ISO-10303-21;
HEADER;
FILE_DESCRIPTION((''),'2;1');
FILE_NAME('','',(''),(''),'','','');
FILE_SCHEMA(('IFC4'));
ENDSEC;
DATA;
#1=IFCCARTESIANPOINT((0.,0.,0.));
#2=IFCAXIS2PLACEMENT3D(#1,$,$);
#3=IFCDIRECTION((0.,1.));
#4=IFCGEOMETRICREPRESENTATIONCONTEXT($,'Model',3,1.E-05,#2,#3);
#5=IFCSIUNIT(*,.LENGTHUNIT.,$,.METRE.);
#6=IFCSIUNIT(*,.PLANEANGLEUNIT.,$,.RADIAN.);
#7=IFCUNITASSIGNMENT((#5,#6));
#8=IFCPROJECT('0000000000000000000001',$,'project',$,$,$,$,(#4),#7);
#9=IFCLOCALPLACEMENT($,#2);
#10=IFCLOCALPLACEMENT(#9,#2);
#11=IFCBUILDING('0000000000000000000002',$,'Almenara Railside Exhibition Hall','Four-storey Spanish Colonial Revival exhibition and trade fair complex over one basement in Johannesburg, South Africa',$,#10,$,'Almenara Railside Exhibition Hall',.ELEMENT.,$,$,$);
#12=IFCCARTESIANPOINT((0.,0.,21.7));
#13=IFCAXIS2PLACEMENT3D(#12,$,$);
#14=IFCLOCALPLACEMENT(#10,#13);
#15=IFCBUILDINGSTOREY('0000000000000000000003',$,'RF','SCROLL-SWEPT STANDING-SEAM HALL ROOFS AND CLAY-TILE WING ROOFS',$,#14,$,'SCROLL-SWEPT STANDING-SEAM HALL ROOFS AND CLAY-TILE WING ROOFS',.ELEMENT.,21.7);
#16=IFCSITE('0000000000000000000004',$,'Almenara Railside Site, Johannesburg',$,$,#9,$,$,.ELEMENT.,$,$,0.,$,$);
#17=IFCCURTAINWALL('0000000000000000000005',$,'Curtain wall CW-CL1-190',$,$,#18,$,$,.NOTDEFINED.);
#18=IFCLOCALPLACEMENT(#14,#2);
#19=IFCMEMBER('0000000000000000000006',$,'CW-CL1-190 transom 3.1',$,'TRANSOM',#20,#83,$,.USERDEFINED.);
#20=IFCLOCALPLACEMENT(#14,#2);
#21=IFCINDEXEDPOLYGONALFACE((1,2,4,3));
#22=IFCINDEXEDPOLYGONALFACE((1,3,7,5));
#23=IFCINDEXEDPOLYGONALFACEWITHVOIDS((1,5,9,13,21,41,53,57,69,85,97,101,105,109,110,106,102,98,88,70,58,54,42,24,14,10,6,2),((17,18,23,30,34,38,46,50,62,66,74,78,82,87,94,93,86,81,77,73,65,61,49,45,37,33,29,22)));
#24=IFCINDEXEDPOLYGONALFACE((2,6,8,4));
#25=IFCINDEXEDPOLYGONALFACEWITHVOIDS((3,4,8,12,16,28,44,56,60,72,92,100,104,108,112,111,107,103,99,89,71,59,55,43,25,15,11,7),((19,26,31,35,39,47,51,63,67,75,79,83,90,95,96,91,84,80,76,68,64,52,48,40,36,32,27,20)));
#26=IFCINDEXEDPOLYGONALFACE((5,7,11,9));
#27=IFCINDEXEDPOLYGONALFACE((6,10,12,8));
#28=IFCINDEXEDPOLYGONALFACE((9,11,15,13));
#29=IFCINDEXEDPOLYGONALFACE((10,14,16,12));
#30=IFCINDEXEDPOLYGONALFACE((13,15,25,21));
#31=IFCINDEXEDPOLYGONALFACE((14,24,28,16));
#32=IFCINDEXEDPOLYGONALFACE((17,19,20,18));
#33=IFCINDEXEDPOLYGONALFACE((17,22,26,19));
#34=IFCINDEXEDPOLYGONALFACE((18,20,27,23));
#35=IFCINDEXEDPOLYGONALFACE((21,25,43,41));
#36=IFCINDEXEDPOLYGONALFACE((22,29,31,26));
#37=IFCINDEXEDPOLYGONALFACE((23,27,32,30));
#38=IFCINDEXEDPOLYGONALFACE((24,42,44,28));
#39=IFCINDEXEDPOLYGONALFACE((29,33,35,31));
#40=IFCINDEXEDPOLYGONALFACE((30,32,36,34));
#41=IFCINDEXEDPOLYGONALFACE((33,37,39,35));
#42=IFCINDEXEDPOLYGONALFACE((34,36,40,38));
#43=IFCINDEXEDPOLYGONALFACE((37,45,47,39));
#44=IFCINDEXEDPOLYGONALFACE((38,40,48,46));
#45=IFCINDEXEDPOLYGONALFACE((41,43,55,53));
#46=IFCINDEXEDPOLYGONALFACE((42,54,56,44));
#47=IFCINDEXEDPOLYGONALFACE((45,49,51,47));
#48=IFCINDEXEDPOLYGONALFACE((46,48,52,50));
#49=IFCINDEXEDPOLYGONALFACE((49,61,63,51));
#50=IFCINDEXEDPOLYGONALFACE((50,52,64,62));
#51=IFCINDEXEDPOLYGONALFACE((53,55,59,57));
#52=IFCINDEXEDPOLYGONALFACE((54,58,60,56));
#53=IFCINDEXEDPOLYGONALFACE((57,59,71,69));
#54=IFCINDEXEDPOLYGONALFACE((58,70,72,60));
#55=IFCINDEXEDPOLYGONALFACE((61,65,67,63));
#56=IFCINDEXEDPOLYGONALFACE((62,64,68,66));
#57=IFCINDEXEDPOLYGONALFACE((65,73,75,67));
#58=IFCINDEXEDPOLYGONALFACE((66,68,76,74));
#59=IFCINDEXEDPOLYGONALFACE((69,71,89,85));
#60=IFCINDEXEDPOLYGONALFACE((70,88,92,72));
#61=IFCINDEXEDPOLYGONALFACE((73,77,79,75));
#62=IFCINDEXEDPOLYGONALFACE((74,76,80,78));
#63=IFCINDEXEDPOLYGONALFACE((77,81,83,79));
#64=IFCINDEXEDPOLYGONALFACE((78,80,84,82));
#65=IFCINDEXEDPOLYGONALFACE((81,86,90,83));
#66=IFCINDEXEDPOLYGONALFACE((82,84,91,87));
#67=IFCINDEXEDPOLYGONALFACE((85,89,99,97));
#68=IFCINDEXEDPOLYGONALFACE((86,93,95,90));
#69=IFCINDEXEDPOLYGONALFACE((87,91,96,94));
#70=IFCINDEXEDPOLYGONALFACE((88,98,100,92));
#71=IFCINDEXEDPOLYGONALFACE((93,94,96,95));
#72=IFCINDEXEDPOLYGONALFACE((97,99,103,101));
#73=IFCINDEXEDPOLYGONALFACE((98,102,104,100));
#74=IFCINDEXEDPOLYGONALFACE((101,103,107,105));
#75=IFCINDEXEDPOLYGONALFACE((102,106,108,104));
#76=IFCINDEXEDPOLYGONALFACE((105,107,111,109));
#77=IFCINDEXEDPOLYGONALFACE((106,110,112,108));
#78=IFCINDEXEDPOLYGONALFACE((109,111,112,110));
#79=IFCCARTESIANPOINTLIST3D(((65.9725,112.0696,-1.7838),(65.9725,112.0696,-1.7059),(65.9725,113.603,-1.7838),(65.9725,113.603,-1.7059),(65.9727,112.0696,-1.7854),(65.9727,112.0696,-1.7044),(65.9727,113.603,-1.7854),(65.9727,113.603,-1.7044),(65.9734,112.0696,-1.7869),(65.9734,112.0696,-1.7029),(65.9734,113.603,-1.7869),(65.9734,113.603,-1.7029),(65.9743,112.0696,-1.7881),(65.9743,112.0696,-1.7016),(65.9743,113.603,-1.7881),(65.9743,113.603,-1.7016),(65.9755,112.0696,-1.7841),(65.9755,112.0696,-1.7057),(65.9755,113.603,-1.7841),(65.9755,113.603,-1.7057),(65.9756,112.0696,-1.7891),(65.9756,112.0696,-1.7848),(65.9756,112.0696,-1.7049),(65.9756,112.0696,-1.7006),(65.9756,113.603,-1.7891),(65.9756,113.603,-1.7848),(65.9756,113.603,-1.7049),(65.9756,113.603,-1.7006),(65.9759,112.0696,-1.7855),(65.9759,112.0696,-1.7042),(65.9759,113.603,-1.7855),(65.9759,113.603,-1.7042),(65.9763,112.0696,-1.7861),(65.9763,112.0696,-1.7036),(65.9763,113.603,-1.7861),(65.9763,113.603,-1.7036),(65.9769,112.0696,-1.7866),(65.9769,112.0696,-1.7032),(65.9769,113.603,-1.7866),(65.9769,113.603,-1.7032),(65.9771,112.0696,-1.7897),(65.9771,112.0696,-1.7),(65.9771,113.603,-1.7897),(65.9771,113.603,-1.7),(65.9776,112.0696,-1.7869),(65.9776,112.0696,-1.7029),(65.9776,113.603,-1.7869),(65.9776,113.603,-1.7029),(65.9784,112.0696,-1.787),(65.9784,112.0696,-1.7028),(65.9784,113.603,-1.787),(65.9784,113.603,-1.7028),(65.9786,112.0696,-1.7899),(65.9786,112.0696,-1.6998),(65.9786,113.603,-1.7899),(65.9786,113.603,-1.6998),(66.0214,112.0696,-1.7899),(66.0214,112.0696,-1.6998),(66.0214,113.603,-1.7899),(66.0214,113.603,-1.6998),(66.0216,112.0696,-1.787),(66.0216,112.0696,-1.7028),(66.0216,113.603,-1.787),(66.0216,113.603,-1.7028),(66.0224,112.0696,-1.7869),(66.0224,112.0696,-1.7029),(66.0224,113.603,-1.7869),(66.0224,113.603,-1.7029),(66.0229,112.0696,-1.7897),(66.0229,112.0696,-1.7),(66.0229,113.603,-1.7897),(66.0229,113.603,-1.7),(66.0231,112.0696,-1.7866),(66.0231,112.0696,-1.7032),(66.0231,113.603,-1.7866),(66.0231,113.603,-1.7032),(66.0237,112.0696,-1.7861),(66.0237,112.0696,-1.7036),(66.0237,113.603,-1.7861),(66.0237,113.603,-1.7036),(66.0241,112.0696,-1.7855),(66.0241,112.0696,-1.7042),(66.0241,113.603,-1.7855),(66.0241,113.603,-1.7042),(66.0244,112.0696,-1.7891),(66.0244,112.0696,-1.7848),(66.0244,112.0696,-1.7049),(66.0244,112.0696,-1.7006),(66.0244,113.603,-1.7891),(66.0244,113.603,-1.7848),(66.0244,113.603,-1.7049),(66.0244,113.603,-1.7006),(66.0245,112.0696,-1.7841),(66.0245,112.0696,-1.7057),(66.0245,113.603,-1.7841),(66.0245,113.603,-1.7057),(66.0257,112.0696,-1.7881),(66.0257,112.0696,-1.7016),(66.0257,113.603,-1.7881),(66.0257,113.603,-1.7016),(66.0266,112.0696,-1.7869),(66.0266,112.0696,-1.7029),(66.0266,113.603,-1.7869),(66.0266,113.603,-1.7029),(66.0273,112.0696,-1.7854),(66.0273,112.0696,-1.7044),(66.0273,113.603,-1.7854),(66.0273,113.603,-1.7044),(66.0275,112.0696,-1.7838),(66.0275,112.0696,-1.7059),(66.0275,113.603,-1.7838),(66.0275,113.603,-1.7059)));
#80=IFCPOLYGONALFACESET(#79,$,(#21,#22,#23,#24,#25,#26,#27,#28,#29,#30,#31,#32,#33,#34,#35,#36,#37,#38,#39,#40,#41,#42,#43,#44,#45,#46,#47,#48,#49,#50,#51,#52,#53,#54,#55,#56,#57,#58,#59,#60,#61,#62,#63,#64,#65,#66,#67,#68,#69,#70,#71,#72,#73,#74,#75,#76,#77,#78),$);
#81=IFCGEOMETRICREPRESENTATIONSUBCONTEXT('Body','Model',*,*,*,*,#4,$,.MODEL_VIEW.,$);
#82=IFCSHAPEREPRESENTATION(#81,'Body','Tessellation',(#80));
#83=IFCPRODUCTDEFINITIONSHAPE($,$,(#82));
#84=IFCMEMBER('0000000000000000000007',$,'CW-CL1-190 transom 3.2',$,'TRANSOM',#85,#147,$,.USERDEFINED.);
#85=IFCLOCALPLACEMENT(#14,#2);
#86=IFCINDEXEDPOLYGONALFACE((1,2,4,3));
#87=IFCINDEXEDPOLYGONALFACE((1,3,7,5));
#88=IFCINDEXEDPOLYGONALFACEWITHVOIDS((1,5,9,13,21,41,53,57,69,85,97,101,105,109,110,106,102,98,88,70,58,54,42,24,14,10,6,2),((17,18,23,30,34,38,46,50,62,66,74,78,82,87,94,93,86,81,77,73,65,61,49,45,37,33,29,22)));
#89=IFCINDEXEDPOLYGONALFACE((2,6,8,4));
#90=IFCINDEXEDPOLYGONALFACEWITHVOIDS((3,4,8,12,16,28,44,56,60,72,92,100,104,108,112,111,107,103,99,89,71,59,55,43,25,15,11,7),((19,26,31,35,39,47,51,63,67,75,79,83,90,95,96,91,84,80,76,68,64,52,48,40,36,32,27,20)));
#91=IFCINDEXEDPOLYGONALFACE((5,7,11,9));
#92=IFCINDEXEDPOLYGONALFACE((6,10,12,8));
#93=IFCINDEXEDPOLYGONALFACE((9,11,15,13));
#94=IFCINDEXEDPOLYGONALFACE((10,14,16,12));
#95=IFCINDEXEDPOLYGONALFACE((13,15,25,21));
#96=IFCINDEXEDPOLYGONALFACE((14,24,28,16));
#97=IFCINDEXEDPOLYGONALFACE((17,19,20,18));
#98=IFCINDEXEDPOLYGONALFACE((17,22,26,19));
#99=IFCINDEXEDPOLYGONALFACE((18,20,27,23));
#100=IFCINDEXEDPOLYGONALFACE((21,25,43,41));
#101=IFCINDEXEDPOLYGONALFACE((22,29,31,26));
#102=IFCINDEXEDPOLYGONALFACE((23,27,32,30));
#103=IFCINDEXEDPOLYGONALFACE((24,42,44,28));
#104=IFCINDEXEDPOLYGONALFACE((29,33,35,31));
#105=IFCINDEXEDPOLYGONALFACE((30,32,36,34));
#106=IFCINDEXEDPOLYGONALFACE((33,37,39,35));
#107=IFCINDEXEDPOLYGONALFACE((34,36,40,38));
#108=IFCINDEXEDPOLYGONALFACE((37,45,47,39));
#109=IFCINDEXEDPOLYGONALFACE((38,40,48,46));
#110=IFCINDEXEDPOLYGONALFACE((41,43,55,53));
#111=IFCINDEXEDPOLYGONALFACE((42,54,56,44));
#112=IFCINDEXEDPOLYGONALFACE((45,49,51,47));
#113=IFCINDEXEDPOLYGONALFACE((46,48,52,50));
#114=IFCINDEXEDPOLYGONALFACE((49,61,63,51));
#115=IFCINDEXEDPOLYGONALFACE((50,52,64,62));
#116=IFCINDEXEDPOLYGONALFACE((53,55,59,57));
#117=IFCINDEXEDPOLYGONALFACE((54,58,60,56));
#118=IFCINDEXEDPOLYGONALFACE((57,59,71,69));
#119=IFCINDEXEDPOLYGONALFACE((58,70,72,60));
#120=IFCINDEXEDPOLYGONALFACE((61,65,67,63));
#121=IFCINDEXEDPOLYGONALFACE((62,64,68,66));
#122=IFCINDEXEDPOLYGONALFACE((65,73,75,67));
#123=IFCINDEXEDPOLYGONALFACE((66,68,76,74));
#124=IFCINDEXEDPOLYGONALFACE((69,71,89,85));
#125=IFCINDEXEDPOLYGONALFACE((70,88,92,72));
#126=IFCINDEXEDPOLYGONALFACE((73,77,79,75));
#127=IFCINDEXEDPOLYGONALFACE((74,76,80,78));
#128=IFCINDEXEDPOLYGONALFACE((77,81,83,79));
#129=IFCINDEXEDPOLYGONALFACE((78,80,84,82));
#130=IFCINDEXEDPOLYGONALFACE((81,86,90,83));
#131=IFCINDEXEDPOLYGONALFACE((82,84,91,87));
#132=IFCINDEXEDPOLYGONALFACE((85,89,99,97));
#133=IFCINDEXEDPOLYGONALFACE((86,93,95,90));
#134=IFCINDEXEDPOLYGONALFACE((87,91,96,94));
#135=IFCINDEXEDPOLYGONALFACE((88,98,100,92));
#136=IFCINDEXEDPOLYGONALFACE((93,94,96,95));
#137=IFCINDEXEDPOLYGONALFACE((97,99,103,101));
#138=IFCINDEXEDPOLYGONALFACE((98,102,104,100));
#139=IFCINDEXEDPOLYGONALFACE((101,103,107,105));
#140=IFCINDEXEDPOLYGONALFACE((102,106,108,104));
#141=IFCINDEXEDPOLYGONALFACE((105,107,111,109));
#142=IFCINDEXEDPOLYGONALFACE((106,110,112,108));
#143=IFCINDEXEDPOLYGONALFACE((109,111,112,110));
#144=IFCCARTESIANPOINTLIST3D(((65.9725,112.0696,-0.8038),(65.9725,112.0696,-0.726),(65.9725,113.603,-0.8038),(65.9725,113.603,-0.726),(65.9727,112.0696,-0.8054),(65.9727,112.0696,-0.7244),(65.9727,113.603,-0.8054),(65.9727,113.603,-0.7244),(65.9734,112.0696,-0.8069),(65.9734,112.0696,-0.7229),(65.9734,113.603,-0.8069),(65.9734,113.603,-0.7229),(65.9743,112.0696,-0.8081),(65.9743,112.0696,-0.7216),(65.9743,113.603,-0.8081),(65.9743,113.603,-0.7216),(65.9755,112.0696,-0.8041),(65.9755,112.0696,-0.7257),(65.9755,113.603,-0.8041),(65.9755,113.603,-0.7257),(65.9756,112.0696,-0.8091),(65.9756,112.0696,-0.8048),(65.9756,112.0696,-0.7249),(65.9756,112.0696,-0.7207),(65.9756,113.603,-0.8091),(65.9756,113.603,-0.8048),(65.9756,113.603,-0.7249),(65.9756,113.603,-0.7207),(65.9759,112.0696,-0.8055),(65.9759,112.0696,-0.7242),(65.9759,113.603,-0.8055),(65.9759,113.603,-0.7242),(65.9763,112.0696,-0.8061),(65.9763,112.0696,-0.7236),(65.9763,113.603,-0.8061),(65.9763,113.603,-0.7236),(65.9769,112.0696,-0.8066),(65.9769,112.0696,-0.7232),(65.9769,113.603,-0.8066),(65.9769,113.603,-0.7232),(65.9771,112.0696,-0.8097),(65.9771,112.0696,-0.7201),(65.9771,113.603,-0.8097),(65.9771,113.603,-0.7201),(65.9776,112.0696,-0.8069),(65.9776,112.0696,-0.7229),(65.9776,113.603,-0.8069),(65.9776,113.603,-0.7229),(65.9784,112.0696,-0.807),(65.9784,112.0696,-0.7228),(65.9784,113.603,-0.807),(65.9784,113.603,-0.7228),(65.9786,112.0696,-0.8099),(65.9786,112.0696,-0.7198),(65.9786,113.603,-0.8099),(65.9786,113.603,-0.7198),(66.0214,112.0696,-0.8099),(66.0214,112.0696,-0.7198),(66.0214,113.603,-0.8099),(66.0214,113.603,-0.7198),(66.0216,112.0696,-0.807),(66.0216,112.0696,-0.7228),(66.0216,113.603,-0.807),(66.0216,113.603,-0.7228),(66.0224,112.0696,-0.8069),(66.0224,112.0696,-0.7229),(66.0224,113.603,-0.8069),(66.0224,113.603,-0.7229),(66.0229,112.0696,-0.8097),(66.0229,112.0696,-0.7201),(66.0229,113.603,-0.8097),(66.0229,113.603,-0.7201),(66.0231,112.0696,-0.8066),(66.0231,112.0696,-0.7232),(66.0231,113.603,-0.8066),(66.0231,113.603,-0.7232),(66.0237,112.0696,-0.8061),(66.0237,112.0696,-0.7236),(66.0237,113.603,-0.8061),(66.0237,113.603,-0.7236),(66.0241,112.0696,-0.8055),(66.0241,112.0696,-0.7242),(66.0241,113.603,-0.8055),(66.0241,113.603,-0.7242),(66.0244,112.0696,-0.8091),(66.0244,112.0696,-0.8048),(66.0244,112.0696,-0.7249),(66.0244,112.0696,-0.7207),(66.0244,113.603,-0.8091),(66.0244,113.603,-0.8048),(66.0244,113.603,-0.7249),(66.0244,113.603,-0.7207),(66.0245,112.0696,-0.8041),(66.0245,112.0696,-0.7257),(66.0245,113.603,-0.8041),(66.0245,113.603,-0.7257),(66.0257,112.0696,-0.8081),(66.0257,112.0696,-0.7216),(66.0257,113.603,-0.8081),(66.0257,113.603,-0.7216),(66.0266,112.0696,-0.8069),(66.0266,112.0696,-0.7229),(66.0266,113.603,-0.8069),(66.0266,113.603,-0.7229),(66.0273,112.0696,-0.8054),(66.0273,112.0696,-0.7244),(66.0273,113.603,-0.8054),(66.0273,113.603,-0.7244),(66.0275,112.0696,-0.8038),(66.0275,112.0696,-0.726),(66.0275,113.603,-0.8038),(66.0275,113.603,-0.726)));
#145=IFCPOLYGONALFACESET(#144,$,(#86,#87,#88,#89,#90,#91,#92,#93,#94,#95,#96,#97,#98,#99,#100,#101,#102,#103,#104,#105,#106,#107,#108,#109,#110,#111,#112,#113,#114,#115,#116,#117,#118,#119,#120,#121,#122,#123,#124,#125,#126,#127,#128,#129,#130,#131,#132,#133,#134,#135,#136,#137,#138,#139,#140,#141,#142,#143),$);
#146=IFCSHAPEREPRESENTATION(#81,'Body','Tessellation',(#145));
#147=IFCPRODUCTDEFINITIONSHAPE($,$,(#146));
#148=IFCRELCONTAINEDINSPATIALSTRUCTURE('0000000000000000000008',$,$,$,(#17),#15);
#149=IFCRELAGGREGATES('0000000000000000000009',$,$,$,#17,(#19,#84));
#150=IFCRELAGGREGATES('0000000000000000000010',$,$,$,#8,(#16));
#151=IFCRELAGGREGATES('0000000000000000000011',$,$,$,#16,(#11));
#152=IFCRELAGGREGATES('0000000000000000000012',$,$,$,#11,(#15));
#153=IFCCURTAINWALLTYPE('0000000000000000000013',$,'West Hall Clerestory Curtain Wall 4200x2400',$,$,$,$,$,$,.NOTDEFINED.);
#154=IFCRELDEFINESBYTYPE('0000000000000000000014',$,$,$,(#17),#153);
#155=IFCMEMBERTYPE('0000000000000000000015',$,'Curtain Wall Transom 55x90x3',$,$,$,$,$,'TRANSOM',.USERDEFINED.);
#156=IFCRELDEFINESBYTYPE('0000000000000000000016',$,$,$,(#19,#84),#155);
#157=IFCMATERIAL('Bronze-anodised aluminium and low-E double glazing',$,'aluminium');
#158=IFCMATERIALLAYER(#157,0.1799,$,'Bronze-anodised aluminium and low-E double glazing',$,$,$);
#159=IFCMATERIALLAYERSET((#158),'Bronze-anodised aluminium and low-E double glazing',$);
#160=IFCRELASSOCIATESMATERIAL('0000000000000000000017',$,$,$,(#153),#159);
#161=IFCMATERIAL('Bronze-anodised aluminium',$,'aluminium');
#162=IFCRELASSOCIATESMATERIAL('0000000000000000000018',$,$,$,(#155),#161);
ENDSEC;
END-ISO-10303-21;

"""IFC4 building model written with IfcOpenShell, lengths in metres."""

from ifc_helpers import new_model, si_unit, direction, frame, origin, origin_2d, place, context, subcontext, project, spatial, hollow_rectangle, extrude, material, layer, layer_set, material_profile, profile_set, type_object, element, aggregate, save


model = new_model("IFC4")

# Units and contexts
model_context = context("Model", 3, precision=1e-05, world=origin(), true_north=direction((0.0, 1.0)))
body_context = subcontext(model_context, "Body", "Model", "MODEL_VIEW")
ifc_project = project(units=[si_unit("LENGTHUNIT", "METRE"), si_unit("PLANEANGLEUNIT", "RADIAN")], contexts=[model_context])

# Site, building, storey
site_placement = place(None, origin())
site = spatial("IfcSite", under=ifc_project, at=site_placement, Name="Almenara Railside Site, Johannesburg", CompositionType="ELEMENT", RefElevation=0.0)
building_placement = place(site_placement, origin())
building = spatial("IfcBuilding", under=site, at=building_placement, Name="Almenara Railside Exhibition Hall", Description="Four-storey Spanish Colonial Revival exhibition and trade fair complex over one basement in Johannesburg, South Africa", LongName="Almenara Railside Exhibition Hall", CompositionType="ELEMENT")
storey_placement = place(building_placement, frame((0.0, 0.0, 21.7)))
storey = spatial("IfcBuildingStorey", under=building, at=storey_placement, Name="RF", Description="SCROLL-SWEPT STANDING-SEAM HALL ROOFS AND CLAY-TILE WING ROOFS", LongName="SCROLL-SWEPT STANDING-SEAM HALL ROOFS AND CLAY-TILE WING ROOFS", CompositionType="ELEMENT", Elevation=21.7)

# Curtain wall
ifc_material_1 = material(Name="Bronze-anodised aluminium and low-E double glazing", Category="aluminium")
ifc_layer_1 = layer(ifc_material_1, 0.1799, Name="Bronze-anodised aluminium and low-E double glazing")
ifc_layer_set_1 = layer_set([ifc_layer_1], Name="Bronze-anodised aluminium and low-E double glazing")
curtain_wall_type = type_object("IfcCurtainWallType", Name="West Hall Clerestory Curtain Wall 4200x2400", PredefinedType="NOTDEFINED", material=ifc_layer_set_1)
curtain_wall_1_placement = place(storey_placement, origin())
curtain_wall_1 = element("IfcCurtainWall", 1, at=curtain_wall_1_placement, inside=storey, type_object=curtain_wall_type, Name="Curtain wall CW-CL1-190", PredefinedType="NOTDEFINED")
ifc_material_2 = material(Name="Bronze-anodised aluminium", Category="aluminium")

# Members
ifc_material_profile_1 = material_profile(ifc_material_2, hollow_rectangle(XDim=0.0549, YDim=0.0901, WallThickness=0.0029, InnerFilletRadius=0.0029, OuterFilletRadius=0.0061, at=origin_2d()), Name="ALU-TRN 55x90x3")
ifc_profile_set_1 = profile_set([ifc_material_profile_1], Name="Bronze-anodised aluminium")
member_type_1 = type_object("IfcMemberType", Name="Curtain Wall Transom 55x90x3", ElementType="TRANSOM", PredefinedType="USERDEFINED", material=ifc_profile_set_1)
member_1_placement = place(storey_placement, frame((66.0, 112.0696, -1.7449), z_axis=(0.0, 1.0, 0.0), x_axis=(-1.0, 0.0, 0.0)))
member_1 = element("IfcMember", 2, at=member_1_placement, type_object=member_type_1, Name="CW-CL1-190 transom 3.1", ObjectType="TRANSOM", PredefinedType="USERDEFINED", context=body_context, shape_type="SweptSolid", body=[
    extrude(hollow_rectangle(XDim=0.0549, YDim=0.0901, WallThickness=0.0029, InnerFilletRadius=0.0029, OuterFilletRadius=0.0061, at=origin_2d()), origin(), (0.0, 0.0, 1.0), 1.5334),
])
member_2_placement = place(storey_placement, frame((66.0, 112.0696, -0.7649), z_axis=(0.0, 1.0, 0.0), x_axis=(-1.0, 0.0, 0.0)))
member_2 = element("IfcMember", 3, at=member_2_placement, type_object=member_type_1, Name="CW-CL1-190 transom 3.2", ObjectType="TRANSOM", PredefinedType="USERDEFINED", context=body_context, shape_type="SweptSolid", body=[
    extrude(hollow_rectangle(XDim=0.0549, YDim=0.0901, WallThickness=0.0029, InnerFilletRadius=0.0029, OuterFilletRadius=0.0061, at=origin_2d()), origin(), (0.0, 0.0, 1.0), 1.5334),
])

aggregate(curtain_wall_1, [member_1, member_2])

save(model, "model.ifc")
